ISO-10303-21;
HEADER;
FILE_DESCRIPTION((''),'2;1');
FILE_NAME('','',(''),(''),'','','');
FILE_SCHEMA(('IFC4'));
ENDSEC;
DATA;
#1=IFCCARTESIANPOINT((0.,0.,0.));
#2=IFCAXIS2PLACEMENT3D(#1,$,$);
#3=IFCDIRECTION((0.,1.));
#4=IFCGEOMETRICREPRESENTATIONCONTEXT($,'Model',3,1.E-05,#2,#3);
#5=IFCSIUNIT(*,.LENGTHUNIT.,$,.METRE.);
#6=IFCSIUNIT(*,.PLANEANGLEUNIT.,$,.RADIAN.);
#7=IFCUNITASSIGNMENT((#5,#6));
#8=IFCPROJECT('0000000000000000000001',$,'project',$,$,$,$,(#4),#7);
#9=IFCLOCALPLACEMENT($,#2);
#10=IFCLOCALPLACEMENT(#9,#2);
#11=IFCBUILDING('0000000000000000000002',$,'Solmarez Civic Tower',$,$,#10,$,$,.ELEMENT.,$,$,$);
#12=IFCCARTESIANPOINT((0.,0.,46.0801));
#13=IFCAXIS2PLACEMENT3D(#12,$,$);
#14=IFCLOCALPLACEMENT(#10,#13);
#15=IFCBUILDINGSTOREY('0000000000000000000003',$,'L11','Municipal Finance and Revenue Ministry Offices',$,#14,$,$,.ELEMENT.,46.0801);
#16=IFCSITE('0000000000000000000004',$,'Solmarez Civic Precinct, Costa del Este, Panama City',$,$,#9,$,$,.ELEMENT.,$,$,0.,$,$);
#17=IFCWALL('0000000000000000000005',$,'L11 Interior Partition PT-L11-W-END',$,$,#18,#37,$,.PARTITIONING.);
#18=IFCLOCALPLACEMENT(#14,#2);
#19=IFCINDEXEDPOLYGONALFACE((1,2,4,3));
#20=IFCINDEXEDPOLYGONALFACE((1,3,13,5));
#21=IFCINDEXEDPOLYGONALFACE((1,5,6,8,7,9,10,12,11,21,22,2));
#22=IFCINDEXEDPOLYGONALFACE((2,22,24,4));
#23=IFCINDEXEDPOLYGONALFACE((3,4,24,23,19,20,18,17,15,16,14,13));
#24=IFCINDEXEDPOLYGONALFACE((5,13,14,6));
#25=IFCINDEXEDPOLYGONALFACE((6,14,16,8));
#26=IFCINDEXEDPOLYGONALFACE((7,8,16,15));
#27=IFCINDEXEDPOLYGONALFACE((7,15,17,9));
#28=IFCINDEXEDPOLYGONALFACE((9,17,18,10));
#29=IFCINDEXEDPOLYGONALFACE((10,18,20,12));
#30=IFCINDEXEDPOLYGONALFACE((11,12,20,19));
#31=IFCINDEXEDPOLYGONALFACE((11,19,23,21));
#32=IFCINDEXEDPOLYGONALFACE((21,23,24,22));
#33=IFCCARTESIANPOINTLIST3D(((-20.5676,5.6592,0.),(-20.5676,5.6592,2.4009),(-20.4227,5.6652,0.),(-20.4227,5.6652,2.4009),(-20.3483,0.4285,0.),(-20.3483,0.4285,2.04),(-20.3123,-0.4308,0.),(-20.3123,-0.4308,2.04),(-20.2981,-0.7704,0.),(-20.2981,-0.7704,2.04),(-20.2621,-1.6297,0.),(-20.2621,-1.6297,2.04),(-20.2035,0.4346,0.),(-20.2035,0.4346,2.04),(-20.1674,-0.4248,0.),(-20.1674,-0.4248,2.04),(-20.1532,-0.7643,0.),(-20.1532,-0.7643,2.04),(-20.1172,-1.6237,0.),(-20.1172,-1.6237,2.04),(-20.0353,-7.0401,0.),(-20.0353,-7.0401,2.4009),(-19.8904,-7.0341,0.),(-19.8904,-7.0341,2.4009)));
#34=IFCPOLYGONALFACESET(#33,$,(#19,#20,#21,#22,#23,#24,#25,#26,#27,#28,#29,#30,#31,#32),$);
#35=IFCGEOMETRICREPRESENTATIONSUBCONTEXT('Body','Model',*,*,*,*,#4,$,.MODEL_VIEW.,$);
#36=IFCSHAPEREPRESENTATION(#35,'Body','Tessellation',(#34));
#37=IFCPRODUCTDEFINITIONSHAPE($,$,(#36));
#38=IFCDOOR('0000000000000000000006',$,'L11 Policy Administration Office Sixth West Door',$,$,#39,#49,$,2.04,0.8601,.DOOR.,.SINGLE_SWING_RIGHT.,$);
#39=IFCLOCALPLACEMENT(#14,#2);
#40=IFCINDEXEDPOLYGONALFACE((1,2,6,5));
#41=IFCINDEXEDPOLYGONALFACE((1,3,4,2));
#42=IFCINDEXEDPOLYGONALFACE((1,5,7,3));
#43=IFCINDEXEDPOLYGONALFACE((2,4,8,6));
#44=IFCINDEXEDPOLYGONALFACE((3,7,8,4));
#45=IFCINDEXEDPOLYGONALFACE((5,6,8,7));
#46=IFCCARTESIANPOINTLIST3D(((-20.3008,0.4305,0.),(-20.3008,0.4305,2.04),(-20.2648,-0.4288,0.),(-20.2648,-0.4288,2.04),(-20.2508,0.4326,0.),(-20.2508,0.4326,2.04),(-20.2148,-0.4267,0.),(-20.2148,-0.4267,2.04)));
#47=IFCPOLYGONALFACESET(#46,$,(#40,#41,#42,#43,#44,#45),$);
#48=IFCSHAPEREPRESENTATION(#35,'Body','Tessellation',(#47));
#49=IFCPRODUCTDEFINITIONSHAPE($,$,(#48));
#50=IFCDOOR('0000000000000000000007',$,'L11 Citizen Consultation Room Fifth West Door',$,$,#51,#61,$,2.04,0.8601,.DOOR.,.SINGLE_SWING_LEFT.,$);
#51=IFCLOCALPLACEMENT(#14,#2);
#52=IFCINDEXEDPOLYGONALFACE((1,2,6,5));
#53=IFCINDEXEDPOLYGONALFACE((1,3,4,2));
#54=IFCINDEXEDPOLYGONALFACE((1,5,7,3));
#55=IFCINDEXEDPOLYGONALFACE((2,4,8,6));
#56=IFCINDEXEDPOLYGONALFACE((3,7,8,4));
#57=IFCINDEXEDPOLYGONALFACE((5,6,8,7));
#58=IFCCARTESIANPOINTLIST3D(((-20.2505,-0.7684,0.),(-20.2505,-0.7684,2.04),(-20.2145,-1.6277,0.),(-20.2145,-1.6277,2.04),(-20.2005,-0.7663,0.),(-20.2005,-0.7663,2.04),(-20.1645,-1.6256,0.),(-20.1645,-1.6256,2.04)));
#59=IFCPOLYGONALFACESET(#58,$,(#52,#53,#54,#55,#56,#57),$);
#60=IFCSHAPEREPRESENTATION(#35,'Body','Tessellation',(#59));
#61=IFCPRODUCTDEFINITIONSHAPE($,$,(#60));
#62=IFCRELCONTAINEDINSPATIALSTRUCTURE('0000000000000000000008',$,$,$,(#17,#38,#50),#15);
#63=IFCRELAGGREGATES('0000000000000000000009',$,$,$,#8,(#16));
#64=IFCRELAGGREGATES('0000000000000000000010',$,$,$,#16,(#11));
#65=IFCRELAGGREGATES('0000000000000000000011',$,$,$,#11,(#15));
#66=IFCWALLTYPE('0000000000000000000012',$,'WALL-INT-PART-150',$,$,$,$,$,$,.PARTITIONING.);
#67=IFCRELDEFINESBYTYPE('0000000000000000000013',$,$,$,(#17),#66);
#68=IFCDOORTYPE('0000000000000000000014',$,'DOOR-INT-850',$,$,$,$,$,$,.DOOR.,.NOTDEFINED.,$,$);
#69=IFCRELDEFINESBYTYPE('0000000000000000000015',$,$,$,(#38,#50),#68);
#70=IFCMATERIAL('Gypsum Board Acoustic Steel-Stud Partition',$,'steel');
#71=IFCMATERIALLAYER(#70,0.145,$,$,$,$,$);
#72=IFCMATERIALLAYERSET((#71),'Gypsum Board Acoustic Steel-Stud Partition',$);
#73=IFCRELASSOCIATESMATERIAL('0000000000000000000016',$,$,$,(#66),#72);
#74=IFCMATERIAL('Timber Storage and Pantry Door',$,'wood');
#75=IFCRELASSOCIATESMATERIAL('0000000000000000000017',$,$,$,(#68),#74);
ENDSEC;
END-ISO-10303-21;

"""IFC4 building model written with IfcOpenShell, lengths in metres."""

from ifc_helpers import new_model, si_unit, direction, frame, frame_2d, origin, place, context, subcontext, project, spatial, rectangle, extrude, material, layer, layer_set, type_object, element, fill, save


model = new_model("IFC4")

# Units and contexts
model_context = context("Model", 3, precision=1e-05, world=origin(), true_north=direction((0.0, 1.0)))
body_context = subcontext(model_context, "Body", "Model", "MODEL_VIEW")
ifc_project = project(units=[si_unit("LENGTHUNIT", "METRE"), si_unit("PLANEANGLEUNIT", "RADIAN")], contexts=[model_context])

# Site, building, storey
site_placement = place(None, origin())
site = spatial("IfcSite", under=ifc_project, at=site_placement, Name="Solmarez Civic Precinct, Costa del Este, Panama City", CompositionType="ELEMENT", RefElevation=0.0)
building_placement = place(site_placement, origin())
building = spatial("IfcBuilding", under=site, at=building_placement, Name="Solmarez Civic Tower", CompositionType="ELEMENT")
storey_placement = place(building_placement, frame((0.0, 0.0, 46.0801)))
storey = spatial("IfcBuildingStorey", under=building, at=storey_placement, Name="L11", Description="Municipal Finance and Revenue Ministry Offices", CompositionType="ELEMENT", Elevation=46.0801)

# Shared definitions
ifc_material_1 = material(Name="Gypsum Board Acoustic Steel-Stud Partition", Category="steel")
ifc_layer_1 = layer(ifc_material_1, 0.145)
ifc_layer_set_1 = layer_set([ifc_layer_1], Name="Gypsum Board Acoustic Steel-Stud Partition")
wall_type_1 = type_object("IfcWallType", Name="WALL-INT-PART-150", PredefinedType="PARTITIONING", material=ifc_layer_set_1)

# Shared definitions
ifc_material_2 = material(Name="Timber Storage and Pantry Door", Category="wood")
door_type_1 = type_object("IfcDoorType", Name="DOOR-INT-850", OperationType="NOTDEFINED", PredefinedType="DOOR", material=ifc_material_2)

# Wall, openings, doors
wall_1_placement = place(storey_placement, frame((-19.9629, -7.0371, 0.0), z_axis=(0.0, 0.0, 1.0), x_axis=(-0.041873, 0.999123, 0.0)))
wall_1 = element("IfcWall", 1, at=wall_1_placement, inside=storey, type_object=wall_type_1, Name="L11 Interior Partition PT-L11-W-END", PredefinedType="PARTITIONING", context=body_context, shape_type="SweptSolid", body=[
    extrude(rectangle(XDim=12.7104, YDim=0.145, at=frame_2d((6.3552, 0.0))), origin(), (0.0, 0.0, 1.0), 2.4009),
])
opening_1_placement = place(wall_1_placement, frame((6.615, 0.0, 0.0)))
opening_1 = element("IfcOpeningElement", 2, at=opening_1_placement, cuts=wall_1, PredefinedType="OPENING", context=body_context, shape_type="SweptSolid", body=[
    extrude(rectangle(XDim=0.8601, YDim=2.04, at=frame_2d((0.4302, 1.02))), frame((0.0, 0.0825, 0.0), z_axis=(0.0, -1.0, 0.0), x_axis=(1.0, 0.0, 0.0)), (0.0, 0.0, 1.0), 0.165),
])
opening_2_placement = place(wall_1_placement, frame((5.415, 0.0, 0.0)))
opening_2 = element("IfcOpeningElement", 3, at=opening_2_placement, cuts=wall_1, PredefinedType="OPENING", context=body_context, shape_type="SweptSolid", body=[
    extrude(rectangle(XDim=0.8601, YDim=2.04, at=frame_2d((0.4302, 1.02))), frame((0.0, 0.0825, 0.0), z_axis=(0.0, -1.0, 0.0), x_axis=(1.0, 0.0, 0.0)), (0.0, 0.0, 1.0), 0.165),
])
door_1_placement = place(opening_1_placement, origin())
door_1 = element("IfcDoor", 4, at=door_1_placement, inside=storey, type_object=door_type_1, Name="L11 Policy Administration Office Sixth West Door", OperationType="SINGLE_SWING_RIGHT", OverallHeight=2.04, OverallWidth=0.8601, PredefinedType="DOOR", context=body_context, shape_type="SweptSolid", body=[
    extrude(rectangle(XDim=0.8601, YDim=2.04, at=frame_2d((0.4302, 1.02))), frame((0.0, 0.0249, 0.0), z_axis=(0.0, -1.0, 0.0), x_axis=(1.0, 0.0, 0.0)), (0.0, 0.0, 1.0), 0.05),
])
fill(opening_1, door_1)
door_2_placement = place(opening_2_placement, origin())
door_2 = element("IfcDoor", 5, at=door_2_placement, inside=storey, type_object=door_type_1, Name="L11 Citizen Consultation Room Fifth West Door", OperationType="SINGLE_SWING_LEFT", OverallHeight=2.04, OverallWidth=0.8601, PredefinedType="DOOR", context=body_context, shape_type="SweptSolid", body=[
    extrude(rectangle(XDim=0.8601, YDim=2.04, at=frame_2d((0.4302, 1.02))), frame((0.0, 0.0249, 0.0), z_axis=(0.0, -1.0, 0.0), x_axis=(1.0, 0.0, 0.0)), (0.0, 0.0, 1.0), 0.05),
])
fill(opening_2, door_2)

save(model, "model.ifc")
